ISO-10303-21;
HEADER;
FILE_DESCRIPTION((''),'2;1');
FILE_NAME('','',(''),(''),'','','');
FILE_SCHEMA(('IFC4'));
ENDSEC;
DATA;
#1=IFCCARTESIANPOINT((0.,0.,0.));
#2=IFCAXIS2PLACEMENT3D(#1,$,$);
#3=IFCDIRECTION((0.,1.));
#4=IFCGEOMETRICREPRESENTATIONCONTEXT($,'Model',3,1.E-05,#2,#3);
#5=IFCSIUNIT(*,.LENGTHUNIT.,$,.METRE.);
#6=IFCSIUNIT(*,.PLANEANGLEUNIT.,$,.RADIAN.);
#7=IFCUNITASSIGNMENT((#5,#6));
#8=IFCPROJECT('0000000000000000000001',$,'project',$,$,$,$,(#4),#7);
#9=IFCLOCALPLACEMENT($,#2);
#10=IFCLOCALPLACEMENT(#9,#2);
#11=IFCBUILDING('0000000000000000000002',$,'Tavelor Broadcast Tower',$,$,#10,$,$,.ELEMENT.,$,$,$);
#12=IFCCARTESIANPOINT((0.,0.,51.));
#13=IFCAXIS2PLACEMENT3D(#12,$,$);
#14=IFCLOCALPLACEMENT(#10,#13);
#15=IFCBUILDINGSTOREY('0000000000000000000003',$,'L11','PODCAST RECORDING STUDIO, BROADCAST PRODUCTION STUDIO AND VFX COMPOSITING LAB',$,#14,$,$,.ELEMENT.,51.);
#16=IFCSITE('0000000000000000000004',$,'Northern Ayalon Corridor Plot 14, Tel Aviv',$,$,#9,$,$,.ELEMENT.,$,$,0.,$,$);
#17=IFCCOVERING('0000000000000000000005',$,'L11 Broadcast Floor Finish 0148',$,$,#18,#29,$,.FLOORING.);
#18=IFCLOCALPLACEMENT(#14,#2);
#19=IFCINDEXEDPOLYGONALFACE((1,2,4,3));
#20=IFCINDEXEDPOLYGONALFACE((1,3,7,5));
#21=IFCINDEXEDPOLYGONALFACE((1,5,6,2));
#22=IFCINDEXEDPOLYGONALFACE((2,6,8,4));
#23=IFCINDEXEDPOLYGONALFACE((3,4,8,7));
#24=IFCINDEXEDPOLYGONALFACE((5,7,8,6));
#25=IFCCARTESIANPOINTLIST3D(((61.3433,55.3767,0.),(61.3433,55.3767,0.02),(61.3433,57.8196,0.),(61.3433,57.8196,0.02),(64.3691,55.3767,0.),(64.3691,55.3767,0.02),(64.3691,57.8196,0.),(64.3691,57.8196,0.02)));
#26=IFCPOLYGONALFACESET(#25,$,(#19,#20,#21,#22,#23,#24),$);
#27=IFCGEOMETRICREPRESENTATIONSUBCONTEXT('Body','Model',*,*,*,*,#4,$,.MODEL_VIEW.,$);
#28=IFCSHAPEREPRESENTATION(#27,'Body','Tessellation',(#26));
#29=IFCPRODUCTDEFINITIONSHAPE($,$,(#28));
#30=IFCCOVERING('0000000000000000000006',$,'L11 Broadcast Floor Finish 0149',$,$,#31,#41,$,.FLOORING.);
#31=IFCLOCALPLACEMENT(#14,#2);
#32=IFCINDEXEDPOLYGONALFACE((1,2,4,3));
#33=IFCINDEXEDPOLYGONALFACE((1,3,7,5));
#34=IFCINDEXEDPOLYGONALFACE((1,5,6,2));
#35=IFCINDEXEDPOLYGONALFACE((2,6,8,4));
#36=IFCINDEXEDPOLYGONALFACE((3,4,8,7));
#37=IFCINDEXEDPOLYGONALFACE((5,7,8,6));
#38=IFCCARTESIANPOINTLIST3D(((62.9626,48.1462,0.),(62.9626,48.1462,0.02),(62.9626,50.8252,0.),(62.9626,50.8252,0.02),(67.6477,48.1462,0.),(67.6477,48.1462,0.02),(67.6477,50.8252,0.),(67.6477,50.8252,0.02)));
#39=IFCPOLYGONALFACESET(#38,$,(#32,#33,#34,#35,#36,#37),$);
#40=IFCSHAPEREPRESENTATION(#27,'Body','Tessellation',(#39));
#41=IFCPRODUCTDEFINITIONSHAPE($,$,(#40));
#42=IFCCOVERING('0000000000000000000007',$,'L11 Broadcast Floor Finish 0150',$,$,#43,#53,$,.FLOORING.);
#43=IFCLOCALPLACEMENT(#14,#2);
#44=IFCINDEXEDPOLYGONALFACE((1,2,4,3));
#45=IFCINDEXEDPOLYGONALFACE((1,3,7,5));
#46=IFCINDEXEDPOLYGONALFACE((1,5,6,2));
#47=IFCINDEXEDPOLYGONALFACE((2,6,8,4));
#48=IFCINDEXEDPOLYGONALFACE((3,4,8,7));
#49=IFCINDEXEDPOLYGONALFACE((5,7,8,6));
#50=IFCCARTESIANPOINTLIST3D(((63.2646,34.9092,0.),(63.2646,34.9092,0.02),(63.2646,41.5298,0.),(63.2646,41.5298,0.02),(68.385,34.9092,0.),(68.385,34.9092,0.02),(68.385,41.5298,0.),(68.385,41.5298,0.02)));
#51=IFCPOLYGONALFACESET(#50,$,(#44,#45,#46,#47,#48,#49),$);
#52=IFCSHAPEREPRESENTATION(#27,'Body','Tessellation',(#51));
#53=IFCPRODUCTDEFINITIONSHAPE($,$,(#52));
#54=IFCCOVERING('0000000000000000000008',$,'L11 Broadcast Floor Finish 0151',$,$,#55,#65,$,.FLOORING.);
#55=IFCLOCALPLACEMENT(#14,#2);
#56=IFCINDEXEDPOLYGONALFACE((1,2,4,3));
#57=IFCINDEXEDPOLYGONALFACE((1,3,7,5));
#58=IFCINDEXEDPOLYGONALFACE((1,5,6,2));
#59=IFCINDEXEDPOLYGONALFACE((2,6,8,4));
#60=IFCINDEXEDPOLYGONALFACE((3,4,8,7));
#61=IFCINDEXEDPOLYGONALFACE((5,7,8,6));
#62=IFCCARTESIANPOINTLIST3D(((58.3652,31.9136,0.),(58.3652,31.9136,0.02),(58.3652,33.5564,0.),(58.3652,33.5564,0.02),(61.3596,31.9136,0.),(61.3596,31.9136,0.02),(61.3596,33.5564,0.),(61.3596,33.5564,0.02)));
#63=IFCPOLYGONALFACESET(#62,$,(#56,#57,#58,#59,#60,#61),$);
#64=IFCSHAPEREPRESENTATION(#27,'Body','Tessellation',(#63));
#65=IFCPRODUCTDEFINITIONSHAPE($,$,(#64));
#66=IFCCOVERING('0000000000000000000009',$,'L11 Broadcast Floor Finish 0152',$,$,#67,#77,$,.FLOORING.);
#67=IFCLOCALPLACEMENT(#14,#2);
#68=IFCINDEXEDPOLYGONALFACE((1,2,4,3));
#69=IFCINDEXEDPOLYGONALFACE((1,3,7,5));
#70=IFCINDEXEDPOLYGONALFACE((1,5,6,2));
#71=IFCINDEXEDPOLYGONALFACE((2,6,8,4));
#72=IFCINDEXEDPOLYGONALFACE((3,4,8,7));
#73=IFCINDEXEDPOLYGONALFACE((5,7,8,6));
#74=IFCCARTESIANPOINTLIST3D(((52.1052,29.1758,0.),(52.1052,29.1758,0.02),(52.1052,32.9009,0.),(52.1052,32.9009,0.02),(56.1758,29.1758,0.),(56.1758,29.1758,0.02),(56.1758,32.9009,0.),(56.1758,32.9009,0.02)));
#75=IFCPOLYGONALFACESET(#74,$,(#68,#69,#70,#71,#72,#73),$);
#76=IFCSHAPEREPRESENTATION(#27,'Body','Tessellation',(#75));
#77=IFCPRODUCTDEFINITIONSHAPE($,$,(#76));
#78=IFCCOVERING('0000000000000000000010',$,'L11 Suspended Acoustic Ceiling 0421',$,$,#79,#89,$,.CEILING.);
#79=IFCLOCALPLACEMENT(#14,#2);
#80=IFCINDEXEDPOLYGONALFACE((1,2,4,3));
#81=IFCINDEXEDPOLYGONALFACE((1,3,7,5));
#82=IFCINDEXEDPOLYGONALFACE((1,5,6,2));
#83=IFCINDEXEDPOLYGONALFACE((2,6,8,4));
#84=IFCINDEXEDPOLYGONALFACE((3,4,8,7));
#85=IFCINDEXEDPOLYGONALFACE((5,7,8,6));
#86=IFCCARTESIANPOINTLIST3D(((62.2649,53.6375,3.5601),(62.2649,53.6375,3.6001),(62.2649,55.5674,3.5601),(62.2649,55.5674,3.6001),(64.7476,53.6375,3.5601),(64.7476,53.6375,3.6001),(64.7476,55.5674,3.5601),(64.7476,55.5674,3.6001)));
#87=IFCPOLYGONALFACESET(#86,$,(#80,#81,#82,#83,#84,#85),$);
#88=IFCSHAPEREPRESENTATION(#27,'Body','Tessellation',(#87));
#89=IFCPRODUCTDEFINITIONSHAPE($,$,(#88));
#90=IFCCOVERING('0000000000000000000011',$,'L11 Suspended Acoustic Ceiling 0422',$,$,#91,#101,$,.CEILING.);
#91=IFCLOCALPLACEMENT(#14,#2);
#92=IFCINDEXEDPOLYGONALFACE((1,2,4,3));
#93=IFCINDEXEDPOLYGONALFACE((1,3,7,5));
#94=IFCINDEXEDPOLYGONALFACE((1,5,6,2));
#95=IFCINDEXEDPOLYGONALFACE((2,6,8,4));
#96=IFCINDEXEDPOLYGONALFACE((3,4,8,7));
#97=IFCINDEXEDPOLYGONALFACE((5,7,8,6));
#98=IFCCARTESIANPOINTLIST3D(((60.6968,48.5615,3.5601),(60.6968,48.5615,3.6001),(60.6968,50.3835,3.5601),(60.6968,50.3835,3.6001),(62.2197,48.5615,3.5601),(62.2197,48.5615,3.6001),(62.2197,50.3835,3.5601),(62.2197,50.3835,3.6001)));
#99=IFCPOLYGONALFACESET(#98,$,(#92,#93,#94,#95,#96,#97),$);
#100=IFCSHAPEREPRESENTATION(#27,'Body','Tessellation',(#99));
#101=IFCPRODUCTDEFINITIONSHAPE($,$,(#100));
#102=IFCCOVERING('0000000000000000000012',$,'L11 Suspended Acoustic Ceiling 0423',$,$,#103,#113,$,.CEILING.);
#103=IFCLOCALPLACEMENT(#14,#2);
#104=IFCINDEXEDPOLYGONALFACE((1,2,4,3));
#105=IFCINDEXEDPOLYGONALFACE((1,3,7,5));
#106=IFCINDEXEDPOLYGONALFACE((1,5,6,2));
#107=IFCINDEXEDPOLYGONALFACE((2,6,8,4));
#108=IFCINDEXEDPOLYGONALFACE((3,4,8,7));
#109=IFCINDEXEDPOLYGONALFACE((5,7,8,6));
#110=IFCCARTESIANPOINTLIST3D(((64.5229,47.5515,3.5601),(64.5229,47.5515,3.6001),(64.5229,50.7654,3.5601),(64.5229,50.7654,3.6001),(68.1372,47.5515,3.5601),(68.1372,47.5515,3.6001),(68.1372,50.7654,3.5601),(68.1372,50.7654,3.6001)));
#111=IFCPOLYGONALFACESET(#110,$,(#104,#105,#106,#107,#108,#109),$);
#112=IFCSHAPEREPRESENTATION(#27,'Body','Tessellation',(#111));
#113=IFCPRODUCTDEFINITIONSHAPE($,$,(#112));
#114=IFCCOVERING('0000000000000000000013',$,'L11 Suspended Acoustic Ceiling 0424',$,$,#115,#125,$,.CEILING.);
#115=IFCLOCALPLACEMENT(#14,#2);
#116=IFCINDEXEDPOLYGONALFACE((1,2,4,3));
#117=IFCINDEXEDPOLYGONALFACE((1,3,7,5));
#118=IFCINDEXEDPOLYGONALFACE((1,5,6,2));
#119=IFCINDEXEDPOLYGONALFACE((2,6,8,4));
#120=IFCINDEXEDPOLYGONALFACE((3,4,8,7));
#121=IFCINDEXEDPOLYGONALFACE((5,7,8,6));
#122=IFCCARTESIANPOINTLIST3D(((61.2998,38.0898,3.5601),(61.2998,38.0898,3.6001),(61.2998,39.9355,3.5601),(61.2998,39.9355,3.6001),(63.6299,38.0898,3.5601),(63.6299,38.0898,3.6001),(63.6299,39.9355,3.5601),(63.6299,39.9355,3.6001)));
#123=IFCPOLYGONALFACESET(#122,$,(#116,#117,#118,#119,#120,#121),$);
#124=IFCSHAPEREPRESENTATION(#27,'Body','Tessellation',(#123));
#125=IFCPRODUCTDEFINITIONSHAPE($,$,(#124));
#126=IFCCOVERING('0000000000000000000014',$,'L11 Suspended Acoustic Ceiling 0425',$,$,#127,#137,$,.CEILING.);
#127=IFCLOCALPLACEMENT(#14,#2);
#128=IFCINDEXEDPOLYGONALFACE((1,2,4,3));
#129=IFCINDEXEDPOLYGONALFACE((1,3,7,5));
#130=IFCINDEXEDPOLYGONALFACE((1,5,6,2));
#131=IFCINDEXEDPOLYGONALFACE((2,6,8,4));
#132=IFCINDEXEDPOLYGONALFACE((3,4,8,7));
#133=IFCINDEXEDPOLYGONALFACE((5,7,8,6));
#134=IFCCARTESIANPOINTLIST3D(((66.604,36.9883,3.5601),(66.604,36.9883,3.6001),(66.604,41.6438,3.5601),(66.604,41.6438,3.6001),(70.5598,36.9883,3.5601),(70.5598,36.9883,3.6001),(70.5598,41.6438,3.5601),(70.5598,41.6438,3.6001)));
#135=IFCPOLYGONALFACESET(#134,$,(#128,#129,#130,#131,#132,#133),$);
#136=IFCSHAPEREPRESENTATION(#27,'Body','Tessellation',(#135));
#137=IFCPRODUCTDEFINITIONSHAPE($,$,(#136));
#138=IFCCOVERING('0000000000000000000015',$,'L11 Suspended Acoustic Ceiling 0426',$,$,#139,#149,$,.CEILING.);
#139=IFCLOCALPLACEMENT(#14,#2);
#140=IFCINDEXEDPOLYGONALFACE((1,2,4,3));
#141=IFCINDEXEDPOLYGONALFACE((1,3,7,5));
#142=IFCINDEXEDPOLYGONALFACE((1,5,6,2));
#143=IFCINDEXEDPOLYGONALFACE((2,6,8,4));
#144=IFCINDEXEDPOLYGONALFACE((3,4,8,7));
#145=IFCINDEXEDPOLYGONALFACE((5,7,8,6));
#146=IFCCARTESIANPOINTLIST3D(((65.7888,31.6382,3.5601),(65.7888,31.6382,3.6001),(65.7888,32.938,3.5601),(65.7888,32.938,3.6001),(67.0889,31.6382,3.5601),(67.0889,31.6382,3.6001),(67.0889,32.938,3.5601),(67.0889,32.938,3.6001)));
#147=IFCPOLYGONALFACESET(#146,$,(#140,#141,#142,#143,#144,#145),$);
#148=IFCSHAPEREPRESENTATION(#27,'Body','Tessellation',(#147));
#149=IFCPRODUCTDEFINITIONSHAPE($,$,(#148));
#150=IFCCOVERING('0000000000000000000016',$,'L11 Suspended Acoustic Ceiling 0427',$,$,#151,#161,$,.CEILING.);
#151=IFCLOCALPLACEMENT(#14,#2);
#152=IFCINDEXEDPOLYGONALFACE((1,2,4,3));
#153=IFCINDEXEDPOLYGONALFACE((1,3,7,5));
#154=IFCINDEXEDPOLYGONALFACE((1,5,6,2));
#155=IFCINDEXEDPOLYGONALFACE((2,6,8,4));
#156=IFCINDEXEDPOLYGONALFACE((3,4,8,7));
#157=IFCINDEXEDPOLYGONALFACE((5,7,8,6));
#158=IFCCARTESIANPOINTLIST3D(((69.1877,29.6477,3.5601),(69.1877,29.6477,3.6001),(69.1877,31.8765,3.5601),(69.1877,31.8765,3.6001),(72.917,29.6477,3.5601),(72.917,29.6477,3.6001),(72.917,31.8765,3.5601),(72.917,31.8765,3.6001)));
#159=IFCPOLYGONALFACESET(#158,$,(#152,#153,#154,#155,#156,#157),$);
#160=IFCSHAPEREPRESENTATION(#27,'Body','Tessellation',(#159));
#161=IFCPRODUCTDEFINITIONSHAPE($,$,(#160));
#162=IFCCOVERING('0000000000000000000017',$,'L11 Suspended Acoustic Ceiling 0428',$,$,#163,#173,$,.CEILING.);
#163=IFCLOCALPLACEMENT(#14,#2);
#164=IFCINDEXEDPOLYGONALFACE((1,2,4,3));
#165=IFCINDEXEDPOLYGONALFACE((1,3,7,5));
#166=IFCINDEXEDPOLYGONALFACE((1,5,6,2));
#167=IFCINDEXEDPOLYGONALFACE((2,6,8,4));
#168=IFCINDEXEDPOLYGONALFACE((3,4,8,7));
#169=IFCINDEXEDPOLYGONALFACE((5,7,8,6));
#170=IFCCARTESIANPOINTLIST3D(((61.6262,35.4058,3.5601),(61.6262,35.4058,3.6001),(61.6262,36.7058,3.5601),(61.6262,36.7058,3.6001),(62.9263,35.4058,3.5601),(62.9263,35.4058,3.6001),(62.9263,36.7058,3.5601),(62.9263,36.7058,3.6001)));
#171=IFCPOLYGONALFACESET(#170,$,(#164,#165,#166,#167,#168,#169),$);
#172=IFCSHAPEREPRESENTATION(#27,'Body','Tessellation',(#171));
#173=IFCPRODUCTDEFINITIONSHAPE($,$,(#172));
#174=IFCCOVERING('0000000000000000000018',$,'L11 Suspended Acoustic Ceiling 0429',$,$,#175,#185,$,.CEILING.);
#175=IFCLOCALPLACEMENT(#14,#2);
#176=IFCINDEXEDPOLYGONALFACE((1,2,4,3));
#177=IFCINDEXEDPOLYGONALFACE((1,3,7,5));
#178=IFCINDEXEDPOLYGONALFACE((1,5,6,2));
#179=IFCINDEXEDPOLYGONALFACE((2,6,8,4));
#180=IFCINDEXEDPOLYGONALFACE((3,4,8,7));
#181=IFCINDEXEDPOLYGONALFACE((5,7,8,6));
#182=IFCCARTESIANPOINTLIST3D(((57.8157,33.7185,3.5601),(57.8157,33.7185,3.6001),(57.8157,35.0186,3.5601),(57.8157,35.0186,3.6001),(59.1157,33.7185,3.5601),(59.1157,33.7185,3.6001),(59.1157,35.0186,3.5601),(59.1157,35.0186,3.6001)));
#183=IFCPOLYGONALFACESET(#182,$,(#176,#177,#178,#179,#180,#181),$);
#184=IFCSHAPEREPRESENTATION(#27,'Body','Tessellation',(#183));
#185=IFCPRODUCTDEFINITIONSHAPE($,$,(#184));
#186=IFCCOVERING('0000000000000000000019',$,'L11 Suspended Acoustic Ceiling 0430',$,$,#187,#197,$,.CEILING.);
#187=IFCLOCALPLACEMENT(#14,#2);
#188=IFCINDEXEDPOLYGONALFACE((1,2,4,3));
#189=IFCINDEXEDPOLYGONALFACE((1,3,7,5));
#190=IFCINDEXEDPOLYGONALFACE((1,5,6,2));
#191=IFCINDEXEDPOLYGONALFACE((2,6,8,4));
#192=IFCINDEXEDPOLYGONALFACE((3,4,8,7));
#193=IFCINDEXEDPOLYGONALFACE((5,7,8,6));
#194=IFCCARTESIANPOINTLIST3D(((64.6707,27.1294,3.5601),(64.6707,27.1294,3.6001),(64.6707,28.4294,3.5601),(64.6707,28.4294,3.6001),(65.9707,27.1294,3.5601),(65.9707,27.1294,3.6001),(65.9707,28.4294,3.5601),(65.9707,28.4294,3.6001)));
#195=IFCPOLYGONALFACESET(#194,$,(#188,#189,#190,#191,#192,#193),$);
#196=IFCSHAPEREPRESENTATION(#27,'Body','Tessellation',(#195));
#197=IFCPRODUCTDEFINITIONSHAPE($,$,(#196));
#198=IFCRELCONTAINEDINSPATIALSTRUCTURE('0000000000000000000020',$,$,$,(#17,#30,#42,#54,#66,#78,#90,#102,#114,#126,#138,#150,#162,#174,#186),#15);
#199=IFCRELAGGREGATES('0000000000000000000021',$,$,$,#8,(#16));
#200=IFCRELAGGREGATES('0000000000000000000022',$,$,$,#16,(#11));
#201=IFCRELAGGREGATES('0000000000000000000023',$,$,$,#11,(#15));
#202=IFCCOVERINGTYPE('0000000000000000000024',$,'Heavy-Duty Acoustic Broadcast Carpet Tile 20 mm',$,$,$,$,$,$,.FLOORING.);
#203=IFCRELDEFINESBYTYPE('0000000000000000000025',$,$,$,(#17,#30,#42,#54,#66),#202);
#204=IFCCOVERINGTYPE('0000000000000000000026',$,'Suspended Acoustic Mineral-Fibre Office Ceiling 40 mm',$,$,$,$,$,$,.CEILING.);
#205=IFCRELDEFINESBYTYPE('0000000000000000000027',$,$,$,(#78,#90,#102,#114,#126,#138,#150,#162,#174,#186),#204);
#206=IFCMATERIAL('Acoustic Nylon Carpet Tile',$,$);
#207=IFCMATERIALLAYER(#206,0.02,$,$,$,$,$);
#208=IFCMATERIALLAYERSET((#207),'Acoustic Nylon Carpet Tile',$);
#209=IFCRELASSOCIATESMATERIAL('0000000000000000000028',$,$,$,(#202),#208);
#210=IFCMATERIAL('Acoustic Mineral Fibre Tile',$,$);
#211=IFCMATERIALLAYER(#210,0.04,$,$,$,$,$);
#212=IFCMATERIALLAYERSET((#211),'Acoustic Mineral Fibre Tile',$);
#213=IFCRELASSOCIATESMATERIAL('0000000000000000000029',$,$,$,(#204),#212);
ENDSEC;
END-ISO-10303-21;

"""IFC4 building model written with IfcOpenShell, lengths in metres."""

from ifc_helpers import new_model, si_unit, direction, frame, origin, place, context, subcontext, project, spatial, polyline, outline, extrude, material, layer, layer_set, type_object, element, save


model = new_model("IFC4")

# Units and contexts
model_context = context("Model", 3, precision=1e-05, world=origin(), true_north=direction((0.0, 1.0)))
body_context = subcontext(model_context, "Body", "Model", "MODEL_VIEW")
ifc_project = project(units=[si_unit("LENGTHUNIT", "METRE"), si_unit("PLANEANGLEUNIT", "RADIAN")], contexts=[model_context])

# Site, building, storey
site_placement = place(None, origin())
site = spatial("IfcSite", under=ifc_project, at=site_placement, Name="Northern Ayalon Corridor Plot 14, Tel Aviv", CompositionType="ELEMENT", RefElevation=0.0)
building_placement = place(site_placement, origin())
building = spatial("IfcBuilding", under=site, at=building_placement, Name="Tavelor Broadcast Tower", CompositionType="ELEMENT")
storey_placement = place(building_placement, frame((0.0, 0.0, 51.0)))
storey = spatial("IfcBuildingStorey", under=building, at=storey_placement, Name="L11", Description="PODCAST RECORDING STUDIO, BROADCAST PRODUCTION STUDIO AND VFX COMPOSITING LAB", CompositionType="ELEMENT", Elevation=51.0)

# Coverings
ifc_material_1 = material(Name="Acoustic Nylon Carpet Tile")
ifc_layer_1 = layer(ifc_material_1, 0.02)
ifc_layer_set_1 = layer_set([ifc_layer_1], Name="Acoustic Nylon Carpet Tile")
covering_type_1 = type_object("IfcCoveringType", Name="Heavy-Duty Acoustic Broadcast Carpet Tile 20 mm", PredefinedType="FLOORING", material=ifc_layer_set_1)
covering_1_placement = place(storey_placement, origin())
element("IfcCovering", 1, at=covering_1_placement, inside=storey, type_object=covering_type_1, Name="L11 Broadcast Floor Finish 0148", PredefinedType="FLOORING", context=body_context, shape_type="SweptSolid", body=[
    extrude(outline(polyline([(61.3433, 55.3767), (64.3691, 55.3767), (64.3691, 57.8196), (61.3433, 57.8196), (61.3433, 55.3767)])), origin(), (0.0, 0.0, 1.0), 0.02),
])
covering_2_placement = place(storey_placement, origin())
element("IfcCovering", 2, at=covering_2_placement, inside=storey, type_object=covering_type_1, Name="L11 Broadcast Floor Finish 0149", PredefinedType="FLOORING", context=body_context, shape_type="SweptSolid", body=[
    extrude(outline(polyline([(62.9626, 48.1462), (67.6477, 48.1462), (67.6477, 50.8252), (62.9626, 50.8252), (62.9626, 48.1462)])), origin(), (0.0, 0.0, 1.0), 0.02),
])
covering_3_placement = place(storey_placement, origin())
element("IfcCovering", 3, at=covering_3_placement, inside=storey, type_object=covering_type_1, Name="L11 Broadcast Floor Finish 0150", PredefinedType="FLOORING", context=body_context, shape_type="SweptSolid", body=[
    extrude(outline(polyline([(63.2646, 34.9092), (68.385, 34.9092), (68.385, 41.5298), (63.2646, 41.5298), (63.2646, 34.9092)])), origin(), (0.0, 0.0, 1.0), 0.02),
])
covering_4_placement = place(storey_placement, origin())
element("IfcCovering", 4, at=covering_4_placement, inside=storey, type_object=covering_type_1, Name="L11 Broadcast Floor Finish 0151", PredefinedType="FLOORING", context=body_context, shape_type="SweptSolid", body=[
    extrude(outline(polyline([(58.3652, 31.9136), (61.3596, 31.9136), (61.3596, 33.5564), (58.3652, 33.5564), (58.3652, 31.9136)])), origin(), (0.0, 0.0, 1.0), 0.02),
])
covering_5_placement = place(storey_placement, origin())
element("IfcCovering", 5, at=covering_5_placement, inside=storey, type_object=covering_type_1, Name="L11 Broadcast Floor Finish 0152", PredefinedType="FLOORING", context=body_context, shape_type="SweptSolid", body=[
    extrude(outline(polyline([(52.1052, 29.1758), (56.1758, 29.1758), (56.1758, 32.9009), (52.1052, 32.9009), (52.1052, 29.1758)])), origin(), (0.0, 0.0, 1.0), 0.02),
])
ifc_material_2 = material(Name="Acoustic Mineral Fibre Tile")
ifc_layer_2 = layer(ifc_material_2, 0.04)
ifc_layer_set_2 = layer_set([ifc_layer_2], Name="Acoustic Mineral Fibre Tile")
covering_type_2 = type_object("IfcCoveringType", Name="Suspended Acoustic Mineral-Fibre Office Ceiling 40 mm", PredefinedType="CEILING", material=ifc_layer_set_2)
covering_6_placement = place(storey_placement, frame((0.0, 0.0, 3.5601)))
element("IfcCovering", 6, at=covering_6_placement, inside=storey, type_object=covering_type_2, Name="L11 Suspended Acoustic Ceiling 0421", PredefinedType="CEILING", context=body_context, shape_type="SweptSolid", body=[
    extrude(outline(polyline([(62.2649, 53.6375), (64.7476, 53.6375), (64.7476, 55.5674), (62.2649, 55.5674), (62.2649, 53.6375)])), origin(), (0.0, 0.0, 1.0), 0.04),
])
covering_7_placement = place(storey_placement, frame((0.0, 0.0, 3.5601)))
element("IfcCovering", 7, at=covering_7_placement, inside=storey, type_object=covering_type_2, Name="L11 Suspended Acoustic Ceiling 0422", PredefinedType="CEILING", context=body_context, shape_type="SweptSolid", body=[
    extrude(outline(polyline([(60.6968, 48.5615), (62.2197, 48.5615), (62.2197, 50.3835), (60.6968, 50.3835), (60.6968, 48.5615)])), origin(), (0.0, 0.0, 1.0), 0.04),
])
covering_8_placement = place(storey_placement, frame((0.0, 0.0, 3.5601)))
element("IfcCovering", 8, at=covering_8_placement, inside=storey, type_object=covering_type_2, Name="L11 Suspended Acoustic Ceiling 0423", PredefinedType="CEILING", context=body_context, shape_type="SweptSolid", body=[
    extrude(outline(polyline([(64.5229, 47.5515), (68.1372, 47.5515), (68.1372, 50.7654), (64.5229, 50.7654), (64.5229, 47.5515)])), origin(), (0.0, 0.0, 1.0), 0.04),
])
covering_9_placement = place(storey_placement, frame((0.0, 0.0, 3.5601)))
element("IfcCovering", 9, at=covering_9_placement, inside=storey, type_object=covering_type_2, Name="L11 Suspended Acoustic Ceiling 0424", PredefinedType="CEILING", context=body_context, shape_type="SweptSolid", body=[
    extrude(outline(polyline([(61.2998, 38.0898), (63.6299, 38.0898), (63.6299, 39.9355), (61.2998, 39.9355), (61.2998, 38.0898)])), origin(), (0.0, 0.0, 1.0), 0.04),
])
covering_10_placement = place(storey_placement, frame((0.0, 0.0, 3.5601)))
element("IfcCovering", 10, at=covering_10_placement, inside=storey, type_object=covering_type_2, Name="L11 Suspended Acoustic Ceiling 0425", PredefinedType="CEILING", context=body_context, shape_type="SweptSolid", body=[
    extrude(outline(polyline([(66.604, 36.9883), (70.5598, 36.9883), (70.5598, 41.6438), (66.604, 41.6438), (66.604, 36.9883)])), origin(), (0.0, 0.0, 1.0), 0.04),
])
covering_11_placement = place(storey_placement, frame((0.0, 0.0, 3.5601)))
element("IfcCovering", 11, at=covering_11_placement, inside=storey, type_object=covering_type_2, Name="L11 Suspended Acoustic Ceiling 0426", PredefinedType="CEILING", context=body_context, shape_type="SweptSolid", body=[
    extrude(outline(polyline([(65.7888, 31.6382), (67.0889, 31.6382), (67.0889, 32.938), (65.7888, 32.938), (65.7888, 31.6382)])), origin(), (0.0, 0.0, 1.0), 0.04),
])
covering_12_placement = place(storey_placement, frame((0.0, 0.0, 3.5601)))
element("IfcCovering", 12, at=covering_12_placement, inside=storey, type_object=covering_type_2, Name="L11 Suspended Acoustic Ceiling 0427", PredefinedType="CEILING", context=body_context, shape_type="SweptSolid", body=[
    extrude(outline(polyline([(69.1877, 29.6477), (72.917, 29.6477), (72.917, 31.8765), (69.1877, 31.8765), (69.1877, 29.6477)])), origin(), (0.0, 0.0, 1.0), 0.04),
])
covering_13_placement = place(storey_placement, frame((0.0, 0.0, 3.5601)))
element("IfcCovering", 13, at=covering_13_placement, inside=storey, type_object=covering_type_2, Name="L11 Suspended Acoustic Ceiling 0428", PredefinedType="CEILING", context=body_context, shape_type="SweptSolid", body=[
    extrude(outline(polyline([(61.6262, 35.4058), (62.9263, 35.4058), (62.9263, 36.7058), (61.6262, 36.7058), (61.6262, 35.4058)])), origin(), (0.0, 0.0, 1.0), 0.04),
])
covering_14_placement = place(storey_placement, frame((0.0, 0.0, 3.5601)))
element("IfcCovering", 14, at=covering_14_placement, inside=storey, type_object=covering_type_2, Name="L11 Suspended Acoustic Ceiling 0429", PredefinedType="CEILING", context=body_context, shape_type="SweptSolid", body=[
    extrude(outline(polyline([(57.8157, 33.7185), (59.1157, 33.7185), (59.1157, 35.0186), (57.8157, 35.0186), (57.8157, 33.7185)])), origin(), (0.0, 0.0, 1.0), 0.04),
])
covering_15_placement = place(storey_placement, frame((0.0, 0.0, 3.5601)))
element("IfcCovering", 15, at=covering_15_placement, inside=storey, type_object=covering_type_2, Name="L11 Suspended Acoustic Ceiling 0430", PredefinedType="CEILING", context=body_context, shape_type="SweptSolid", body=[
    extrude(outline(polyline([(64.6707, 27.1294), (65.9707, 27.1294), (65.9707, 28.4294), (64.6707, 28.4294), (64.6707, 27.1294)])), origin(), (0.0, 0.0, 1.0), 0.04),
])

save(model, "model.ifc")
